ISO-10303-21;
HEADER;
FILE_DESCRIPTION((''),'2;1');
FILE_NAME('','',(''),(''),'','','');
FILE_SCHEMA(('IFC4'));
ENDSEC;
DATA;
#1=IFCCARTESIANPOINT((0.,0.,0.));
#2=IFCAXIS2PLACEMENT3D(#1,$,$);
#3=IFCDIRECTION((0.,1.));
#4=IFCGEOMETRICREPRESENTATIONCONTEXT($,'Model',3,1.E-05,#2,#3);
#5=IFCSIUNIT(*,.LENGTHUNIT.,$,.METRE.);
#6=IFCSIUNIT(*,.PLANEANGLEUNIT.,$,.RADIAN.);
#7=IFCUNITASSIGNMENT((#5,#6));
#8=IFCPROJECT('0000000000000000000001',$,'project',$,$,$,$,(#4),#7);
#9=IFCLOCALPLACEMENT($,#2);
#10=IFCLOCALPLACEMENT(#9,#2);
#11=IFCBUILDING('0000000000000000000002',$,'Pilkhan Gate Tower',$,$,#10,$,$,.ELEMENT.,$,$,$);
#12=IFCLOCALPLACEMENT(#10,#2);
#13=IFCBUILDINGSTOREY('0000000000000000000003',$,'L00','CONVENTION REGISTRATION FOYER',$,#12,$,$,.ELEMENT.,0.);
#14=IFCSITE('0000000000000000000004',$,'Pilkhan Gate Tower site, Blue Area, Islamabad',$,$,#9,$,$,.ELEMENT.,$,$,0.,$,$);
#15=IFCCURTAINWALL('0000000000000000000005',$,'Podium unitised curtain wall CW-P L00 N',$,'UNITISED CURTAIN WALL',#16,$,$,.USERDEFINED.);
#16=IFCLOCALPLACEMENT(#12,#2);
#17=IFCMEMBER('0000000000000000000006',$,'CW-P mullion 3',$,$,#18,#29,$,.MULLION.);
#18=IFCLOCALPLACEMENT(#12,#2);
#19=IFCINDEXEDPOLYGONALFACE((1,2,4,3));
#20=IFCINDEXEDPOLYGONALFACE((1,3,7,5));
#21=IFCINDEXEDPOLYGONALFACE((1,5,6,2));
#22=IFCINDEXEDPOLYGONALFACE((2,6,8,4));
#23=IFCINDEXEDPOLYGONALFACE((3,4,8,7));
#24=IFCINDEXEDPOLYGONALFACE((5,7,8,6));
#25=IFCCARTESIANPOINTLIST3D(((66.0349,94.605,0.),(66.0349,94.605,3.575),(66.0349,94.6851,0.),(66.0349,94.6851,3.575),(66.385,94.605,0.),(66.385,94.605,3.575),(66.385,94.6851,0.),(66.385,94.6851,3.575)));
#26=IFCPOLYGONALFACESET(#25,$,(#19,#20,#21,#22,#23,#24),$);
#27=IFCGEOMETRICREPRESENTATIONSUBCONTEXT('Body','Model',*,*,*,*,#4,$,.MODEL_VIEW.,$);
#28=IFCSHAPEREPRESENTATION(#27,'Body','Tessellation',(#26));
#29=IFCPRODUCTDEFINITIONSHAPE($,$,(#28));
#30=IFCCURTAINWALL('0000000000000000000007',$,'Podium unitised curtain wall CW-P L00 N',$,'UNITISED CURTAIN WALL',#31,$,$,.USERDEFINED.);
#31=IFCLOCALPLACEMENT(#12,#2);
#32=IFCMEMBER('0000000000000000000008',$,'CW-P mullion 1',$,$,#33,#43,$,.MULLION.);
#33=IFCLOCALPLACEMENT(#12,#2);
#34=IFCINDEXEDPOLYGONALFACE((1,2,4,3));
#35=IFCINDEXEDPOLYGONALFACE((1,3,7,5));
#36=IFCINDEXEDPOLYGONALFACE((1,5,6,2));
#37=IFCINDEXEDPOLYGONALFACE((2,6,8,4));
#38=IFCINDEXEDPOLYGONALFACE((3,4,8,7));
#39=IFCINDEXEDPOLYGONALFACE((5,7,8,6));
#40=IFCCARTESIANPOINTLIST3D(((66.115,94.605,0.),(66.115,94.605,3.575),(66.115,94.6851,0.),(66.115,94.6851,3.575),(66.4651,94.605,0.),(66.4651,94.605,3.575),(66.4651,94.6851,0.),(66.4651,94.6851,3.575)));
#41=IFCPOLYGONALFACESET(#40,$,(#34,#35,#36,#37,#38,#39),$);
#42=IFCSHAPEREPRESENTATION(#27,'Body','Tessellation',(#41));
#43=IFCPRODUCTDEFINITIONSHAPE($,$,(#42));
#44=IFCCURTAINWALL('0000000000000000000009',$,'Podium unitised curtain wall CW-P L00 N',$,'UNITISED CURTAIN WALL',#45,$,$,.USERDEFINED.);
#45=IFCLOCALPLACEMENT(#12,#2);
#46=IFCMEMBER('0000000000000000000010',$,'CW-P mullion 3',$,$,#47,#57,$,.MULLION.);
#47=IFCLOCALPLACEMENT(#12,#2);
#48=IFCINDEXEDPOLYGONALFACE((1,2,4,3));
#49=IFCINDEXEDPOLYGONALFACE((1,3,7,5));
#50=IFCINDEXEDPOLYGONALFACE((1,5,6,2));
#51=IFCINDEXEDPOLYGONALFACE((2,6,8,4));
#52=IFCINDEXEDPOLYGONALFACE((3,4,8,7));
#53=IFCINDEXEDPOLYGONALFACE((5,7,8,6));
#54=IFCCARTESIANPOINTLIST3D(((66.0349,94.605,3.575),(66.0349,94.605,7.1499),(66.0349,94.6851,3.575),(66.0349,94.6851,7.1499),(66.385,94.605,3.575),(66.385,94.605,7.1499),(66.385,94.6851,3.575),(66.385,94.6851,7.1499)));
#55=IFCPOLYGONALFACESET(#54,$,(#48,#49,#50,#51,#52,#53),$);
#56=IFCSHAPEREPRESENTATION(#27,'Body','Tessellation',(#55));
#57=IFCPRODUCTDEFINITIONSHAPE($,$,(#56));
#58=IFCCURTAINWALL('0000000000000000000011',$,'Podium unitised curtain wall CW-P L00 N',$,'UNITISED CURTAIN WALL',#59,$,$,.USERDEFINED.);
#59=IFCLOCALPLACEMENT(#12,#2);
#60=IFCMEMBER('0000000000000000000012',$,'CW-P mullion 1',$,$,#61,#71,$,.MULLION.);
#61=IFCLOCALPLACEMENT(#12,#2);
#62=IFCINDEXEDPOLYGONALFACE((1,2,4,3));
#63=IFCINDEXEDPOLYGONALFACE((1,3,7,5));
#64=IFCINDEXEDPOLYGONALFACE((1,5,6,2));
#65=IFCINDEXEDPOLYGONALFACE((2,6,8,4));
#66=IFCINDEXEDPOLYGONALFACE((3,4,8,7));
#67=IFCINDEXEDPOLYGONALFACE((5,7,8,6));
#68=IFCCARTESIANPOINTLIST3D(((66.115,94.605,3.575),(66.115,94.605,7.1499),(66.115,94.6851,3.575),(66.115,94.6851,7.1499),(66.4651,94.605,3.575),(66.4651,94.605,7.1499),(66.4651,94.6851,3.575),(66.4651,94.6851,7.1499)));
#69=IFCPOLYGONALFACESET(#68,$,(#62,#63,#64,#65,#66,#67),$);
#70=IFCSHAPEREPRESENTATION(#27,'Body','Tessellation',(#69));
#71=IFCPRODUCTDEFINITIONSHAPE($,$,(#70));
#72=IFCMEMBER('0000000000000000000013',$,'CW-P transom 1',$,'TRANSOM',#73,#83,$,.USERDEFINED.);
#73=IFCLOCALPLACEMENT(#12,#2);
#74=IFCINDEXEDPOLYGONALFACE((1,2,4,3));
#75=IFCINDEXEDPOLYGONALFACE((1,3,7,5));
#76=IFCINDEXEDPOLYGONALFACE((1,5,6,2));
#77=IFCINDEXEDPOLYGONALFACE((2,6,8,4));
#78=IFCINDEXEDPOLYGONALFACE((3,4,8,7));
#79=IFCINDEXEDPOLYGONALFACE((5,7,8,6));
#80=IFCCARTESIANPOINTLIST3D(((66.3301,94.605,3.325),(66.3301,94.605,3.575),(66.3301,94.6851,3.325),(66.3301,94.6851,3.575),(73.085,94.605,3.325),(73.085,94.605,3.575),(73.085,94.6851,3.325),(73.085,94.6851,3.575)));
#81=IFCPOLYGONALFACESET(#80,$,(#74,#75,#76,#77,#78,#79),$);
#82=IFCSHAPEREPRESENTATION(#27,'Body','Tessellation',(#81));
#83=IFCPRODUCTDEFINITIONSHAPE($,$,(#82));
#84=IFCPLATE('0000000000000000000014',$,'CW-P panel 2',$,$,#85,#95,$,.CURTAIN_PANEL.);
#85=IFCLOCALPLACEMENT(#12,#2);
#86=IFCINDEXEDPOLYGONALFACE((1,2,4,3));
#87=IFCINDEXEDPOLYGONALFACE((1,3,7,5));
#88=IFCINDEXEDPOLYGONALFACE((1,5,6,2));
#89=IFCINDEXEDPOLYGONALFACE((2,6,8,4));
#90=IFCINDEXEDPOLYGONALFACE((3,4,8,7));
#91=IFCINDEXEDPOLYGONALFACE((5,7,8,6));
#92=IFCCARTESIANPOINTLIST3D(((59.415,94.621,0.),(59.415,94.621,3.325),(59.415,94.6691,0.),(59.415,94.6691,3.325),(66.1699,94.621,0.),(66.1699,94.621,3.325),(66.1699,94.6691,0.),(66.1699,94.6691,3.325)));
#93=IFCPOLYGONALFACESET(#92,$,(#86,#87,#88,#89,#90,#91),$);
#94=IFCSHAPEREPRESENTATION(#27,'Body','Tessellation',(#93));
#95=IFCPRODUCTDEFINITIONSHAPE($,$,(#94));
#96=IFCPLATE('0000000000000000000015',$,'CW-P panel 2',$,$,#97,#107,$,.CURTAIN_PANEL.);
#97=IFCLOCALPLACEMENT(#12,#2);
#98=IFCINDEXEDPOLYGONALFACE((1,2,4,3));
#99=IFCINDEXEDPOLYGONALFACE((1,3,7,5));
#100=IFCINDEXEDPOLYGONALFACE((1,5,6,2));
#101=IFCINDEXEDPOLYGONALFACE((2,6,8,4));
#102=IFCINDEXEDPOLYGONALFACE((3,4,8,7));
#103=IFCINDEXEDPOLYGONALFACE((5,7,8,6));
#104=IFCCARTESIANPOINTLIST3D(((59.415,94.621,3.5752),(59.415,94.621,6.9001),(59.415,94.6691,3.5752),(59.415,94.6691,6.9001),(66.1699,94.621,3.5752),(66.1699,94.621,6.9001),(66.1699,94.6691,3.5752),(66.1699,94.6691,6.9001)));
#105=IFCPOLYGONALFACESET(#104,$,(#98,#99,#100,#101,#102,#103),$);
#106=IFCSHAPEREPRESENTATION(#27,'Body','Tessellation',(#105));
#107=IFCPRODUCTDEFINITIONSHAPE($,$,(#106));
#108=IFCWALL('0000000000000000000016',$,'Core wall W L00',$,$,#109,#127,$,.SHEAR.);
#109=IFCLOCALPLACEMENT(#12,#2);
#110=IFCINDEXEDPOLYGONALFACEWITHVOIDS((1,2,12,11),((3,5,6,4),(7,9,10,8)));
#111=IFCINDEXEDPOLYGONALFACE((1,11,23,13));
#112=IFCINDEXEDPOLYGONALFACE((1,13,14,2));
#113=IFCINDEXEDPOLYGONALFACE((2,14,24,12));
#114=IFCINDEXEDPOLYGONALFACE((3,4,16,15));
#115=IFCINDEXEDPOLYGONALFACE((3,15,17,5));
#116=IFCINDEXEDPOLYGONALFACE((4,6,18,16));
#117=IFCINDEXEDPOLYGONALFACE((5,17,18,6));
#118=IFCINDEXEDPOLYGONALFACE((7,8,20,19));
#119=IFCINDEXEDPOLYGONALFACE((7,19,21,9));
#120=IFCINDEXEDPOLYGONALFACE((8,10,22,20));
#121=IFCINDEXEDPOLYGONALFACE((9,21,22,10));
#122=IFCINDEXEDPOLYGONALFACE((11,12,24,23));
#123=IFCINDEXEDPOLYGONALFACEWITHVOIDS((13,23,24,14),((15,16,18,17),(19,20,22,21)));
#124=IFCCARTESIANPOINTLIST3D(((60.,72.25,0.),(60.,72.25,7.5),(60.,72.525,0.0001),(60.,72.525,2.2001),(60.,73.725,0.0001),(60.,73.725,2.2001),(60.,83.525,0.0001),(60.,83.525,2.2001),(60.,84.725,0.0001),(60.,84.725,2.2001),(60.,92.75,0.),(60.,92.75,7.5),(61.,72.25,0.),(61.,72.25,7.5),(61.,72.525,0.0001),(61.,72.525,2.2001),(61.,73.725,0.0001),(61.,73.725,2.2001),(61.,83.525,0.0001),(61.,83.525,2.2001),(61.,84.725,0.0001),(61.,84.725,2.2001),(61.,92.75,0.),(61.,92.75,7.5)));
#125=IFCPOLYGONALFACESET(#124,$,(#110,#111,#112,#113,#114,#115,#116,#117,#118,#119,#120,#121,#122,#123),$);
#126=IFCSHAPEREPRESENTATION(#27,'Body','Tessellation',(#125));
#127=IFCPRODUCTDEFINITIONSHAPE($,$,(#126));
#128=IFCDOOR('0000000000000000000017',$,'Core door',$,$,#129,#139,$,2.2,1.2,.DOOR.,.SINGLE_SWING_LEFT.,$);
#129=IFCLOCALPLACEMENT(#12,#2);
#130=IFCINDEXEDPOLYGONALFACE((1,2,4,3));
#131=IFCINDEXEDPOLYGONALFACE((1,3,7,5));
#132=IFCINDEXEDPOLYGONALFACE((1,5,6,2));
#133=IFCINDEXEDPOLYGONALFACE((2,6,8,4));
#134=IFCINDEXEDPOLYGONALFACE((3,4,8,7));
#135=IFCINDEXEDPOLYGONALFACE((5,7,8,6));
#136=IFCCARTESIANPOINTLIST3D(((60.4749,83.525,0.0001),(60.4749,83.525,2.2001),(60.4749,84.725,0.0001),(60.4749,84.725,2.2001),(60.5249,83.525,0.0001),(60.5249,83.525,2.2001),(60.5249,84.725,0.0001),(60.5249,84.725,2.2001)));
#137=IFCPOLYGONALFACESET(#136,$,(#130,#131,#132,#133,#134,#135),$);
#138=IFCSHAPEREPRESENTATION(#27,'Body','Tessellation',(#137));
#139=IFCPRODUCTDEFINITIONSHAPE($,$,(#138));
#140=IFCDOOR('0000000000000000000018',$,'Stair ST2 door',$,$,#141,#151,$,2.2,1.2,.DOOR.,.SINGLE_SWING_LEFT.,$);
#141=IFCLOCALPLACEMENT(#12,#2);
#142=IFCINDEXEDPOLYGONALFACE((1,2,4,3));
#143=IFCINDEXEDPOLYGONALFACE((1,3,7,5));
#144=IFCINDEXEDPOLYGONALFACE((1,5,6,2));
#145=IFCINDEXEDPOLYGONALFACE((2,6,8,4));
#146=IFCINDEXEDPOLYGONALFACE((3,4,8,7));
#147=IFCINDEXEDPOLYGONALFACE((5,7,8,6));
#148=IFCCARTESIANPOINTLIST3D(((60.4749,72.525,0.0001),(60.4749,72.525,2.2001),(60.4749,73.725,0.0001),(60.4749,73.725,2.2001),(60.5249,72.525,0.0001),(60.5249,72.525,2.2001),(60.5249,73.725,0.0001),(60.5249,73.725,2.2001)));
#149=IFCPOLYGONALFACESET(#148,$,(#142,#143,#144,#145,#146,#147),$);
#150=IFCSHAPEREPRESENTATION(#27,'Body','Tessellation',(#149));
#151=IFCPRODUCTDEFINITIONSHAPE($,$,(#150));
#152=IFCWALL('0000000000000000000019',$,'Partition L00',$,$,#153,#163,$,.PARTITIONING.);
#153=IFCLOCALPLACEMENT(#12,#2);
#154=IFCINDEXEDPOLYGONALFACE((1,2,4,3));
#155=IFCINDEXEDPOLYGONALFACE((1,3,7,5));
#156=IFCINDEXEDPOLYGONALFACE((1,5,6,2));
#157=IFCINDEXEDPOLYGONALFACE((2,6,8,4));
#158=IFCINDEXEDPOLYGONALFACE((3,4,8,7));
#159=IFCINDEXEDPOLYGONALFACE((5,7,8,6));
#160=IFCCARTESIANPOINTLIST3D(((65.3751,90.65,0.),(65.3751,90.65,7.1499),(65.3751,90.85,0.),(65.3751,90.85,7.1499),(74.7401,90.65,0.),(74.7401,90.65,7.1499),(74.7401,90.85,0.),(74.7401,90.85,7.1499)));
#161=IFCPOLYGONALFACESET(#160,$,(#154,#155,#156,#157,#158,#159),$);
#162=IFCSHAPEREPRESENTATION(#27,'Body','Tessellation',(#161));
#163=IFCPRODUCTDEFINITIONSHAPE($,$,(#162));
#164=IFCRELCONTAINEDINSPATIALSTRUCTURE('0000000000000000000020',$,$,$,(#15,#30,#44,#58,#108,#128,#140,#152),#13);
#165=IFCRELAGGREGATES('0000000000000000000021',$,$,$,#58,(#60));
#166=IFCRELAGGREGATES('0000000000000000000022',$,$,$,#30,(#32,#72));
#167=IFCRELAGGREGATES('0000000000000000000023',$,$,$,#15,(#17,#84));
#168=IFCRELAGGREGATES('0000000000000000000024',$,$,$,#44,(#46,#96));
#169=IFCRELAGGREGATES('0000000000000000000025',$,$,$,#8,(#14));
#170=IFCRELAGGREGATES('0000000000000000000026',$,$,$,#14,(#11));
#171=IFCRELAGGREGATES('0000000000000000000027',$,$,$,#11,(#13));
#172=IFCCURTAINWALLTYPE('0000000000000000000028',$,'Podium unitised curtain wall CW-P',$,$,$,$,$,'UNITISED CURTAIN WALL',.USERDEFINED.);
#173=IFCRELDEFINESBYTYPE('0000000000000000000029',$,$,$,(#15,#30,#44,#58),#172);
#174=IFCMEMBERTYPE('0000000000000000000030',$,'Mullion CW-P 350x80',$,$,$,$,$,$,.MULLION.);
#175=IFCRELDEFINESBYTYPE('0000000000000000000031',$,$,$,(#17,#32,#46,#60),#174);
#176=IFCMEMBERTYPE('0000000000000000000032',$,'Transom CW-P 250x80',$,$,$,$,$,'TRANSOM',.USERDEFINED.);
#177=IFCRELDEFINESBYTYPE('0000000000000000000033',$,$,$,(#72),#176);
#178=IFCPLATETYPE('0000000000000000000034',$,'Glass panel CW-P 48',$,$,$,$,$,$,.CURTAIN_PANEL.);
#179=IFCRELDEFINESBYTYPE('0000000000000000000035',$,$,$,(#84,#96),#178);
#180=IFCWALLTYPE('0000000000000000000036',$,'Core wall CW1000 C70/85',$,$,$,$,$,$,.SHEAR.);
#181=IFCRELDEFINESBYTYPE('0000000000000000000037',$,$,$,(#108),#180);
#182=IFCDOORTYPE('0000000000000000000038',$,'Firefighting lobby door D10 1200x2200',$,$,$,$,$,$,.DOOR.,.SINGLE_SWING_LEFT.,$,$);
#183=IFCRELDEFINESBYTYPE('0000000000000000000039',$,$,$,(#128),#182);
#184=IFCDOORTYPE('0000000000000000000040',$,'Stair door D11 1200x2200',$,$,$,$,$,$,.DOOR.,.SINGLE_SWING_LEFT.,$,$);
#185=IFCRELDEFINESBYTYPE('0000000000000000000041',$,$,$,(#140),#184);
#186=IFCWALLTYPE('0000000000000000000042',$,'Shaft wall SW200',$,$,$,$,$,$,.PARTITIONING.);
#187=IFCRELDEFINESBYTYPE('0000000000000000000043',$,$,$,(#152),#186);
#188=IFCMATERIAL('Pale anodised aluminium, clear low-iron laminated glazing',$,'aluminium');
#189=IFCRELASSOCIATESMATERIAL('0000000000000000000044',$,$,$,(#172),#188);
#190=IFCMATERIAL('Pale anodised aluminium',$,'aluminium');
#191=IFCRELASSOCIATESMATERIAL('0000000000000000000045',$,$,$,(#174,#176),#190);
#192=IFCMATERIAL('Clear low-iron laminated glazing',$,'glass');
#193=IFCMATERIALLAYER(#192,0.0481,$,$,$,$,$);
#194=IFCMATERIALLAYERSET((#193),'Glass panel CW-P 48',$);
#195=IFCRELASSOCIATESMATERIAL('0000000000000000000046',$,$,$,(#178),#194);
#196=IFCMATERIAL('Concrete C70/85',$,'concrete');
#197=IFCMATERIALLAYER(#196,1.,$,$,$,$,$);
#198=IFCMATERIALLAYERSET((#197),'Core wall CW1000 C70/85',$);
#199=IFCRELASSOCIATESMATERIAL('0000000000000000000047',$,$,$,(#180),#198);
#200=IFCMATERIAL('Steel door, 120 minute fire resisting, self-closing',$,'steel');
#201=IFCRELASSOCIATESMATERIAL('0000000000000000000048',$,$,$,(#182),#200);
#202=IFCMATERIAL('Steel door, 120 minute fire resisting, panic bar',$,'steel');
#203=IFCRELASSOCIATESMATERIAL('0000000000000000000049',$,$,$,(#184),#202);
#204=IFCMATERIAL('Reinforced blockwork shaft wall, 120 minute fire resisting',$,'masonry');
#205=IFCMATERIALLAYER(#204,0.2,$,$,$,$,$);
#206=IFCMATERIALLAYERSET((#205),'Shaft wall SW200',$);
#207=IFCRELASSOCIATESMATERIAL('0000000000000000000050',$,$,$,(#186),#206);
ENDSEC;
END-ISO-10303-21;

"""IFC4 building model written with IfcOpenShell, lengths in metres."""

from ifc_helpers import new_model, si_unit, direction, frame, frame_2d, origin, origin_2d, place, context, subcontext, project, spatial, rectangle, extrude, material, layer, layer_set, material_profile, profile_set, type_object, element, fill, aggregate, save


model = new_model("IFC4")

# Units and contexts
model_context = context("Model", 3, precision=1e-05, world=origin(), true_north=direction((0.0, 1.0)))
body_context = subcontext(model_context, "Body", "Model", "MODEL_VIEW")
ifc_project = project(units=[si_unit("LENGTHUNIT", "METRE"), si_unit("PLANEANGLEUNIT", "RADIAN")], contexts=[model_context])

# Site, building, storey
site_placement = place(None, origin())
site = spatial("IfcSite", under=ifc_project, at=site_placement, Name="Pilkhan Gate Tower site, Blue Area, Islamabad", CompositionType="ELEMENT", RefElevation=0.0)
building_placement = place(site_placement, origin())
building = spatial("IfcBuilding", under=site, at=building_placement, Name="Pilkhan Gate Tower", CompositionType="ELEMENT")
storey_placement = place(building_placement, origin())
storey = spatial("IfcBuildingStorey", under=building, at=storey_placement, Name="L00", Description="CONVENTION REGISTRATION FOYER", CompositionType="ELEMENT", Elevation=0.0)

# Curtain walls, members
ifc_material_1 = material(Name="Pale anodised aluminium, clear low-iron laminated glazing", Category="aluminium")
curtain_wall_type = type_object("IfcCurtainWallType", Name="Podium unitised curtain wall CW-P", ElementType="UNITISED CURTAIN WALL", PredefinedType="USERDEFINED", material=ifc_material_1)
curtain_wall_1_placement = place(storey_placement, origin())
curtain_wall_1 = element("IfcCurtainWall", 1, at=curtain_wall_1_placement, inside=storey, type_object=curtain_wall_type, Name="Podium unitised curtain wall CW-P L00 N", ObjectType="UNITISED CURTAIN WALL", PredefinedType="USERDEFINED")
ifc_material_2 = material(Name="Pale anodised aluminium", Category="aluminium")
ifc_material_profile_1 = material_profile(ifc_material_2, rectangle(XDim=0.0801, YDim=0.3501, at=origin_2d()), Name="Mullion 350x80")
ifc_profile_set_1 = profile_set([ifc_material_profile_1], Name="Pale anodised aluminium")
member_type_1 = type_object("IfcMemberType", Name="Mullion CW-P 350x80", PredefinedType="MULLION", material=ifc_profile_set_1)
member_1_placement = place(storey_placement, frame((66.21, 94.645, 0.0), z_axis=(0.0, 0.0, 1.0), x_axis=(0.0, 1.0, 0.0)))
member_1 = element("IfcMember", 2, at=member_1_placement, type_object=member_type_1, Name="CW-P mullion 3", PredefinedType="MULLION", context=body_context, shape_type="SweptSolid", body=[
    extrude(rectangle(XDim=0.0801, YDim=0.3501, at=origin_2d()), origin(), (0.0, 0.0, 1.0), 3.575),
])
curtain_wall_2_placement = place(storey_placement, origin())
curtain_wall_2 = element("IfcCurtainWall", 3, at=curtain_wall_2_placement, inside=storey, type_object=curtain_wall_type, Name="Podium unitised curtain wall CW-P L00 N", ObjectType="UNITISED CURTAIN WALL", PredefinedType="USERDEFINED")
member_2_placement = place(storey_placement, frame((66.29, 94.645, 0.0), z_axis=(0.0, 0.0, 1.0), x_axis=(0.0, 1.0, 0.0)))
member_2 = element("IfcMember", 4, at=member_2_placement, type_object=member_type_1, Name="CW-P mullion 1", PredefinedType="MULLION", context=body_context, shape_type="SweptSolid", body=[
    extrude(rectangle(XDim=0.0801, YDim=0.3501, at=origin_2d()), origin(), (0.0, 0.0, 1.0), 3.575),
])
curtain_wall_3_placement = place(storey_placement, origin())
curtain_wall_3 = element("IfcCurtainWall", 5, at=curtain_wall_3_placement, inside=storey, type_object=curtain_wall_type, Name="Podium unitised curtain wall CW-P L00 N", ObjectType="UNITISED CURTAIN WALL", PredefinedType="USERDEFINED")
member_3_placement = place(storey_placement, frame((66.21, 94.645, 3.575), z_axis=(0.0, 0.0, 1.0), x_axis=(0.0, 1.0, 0.0)))
member_3 = element("IfcMember", 6, at=member_3_placement, type_object=member_type_1, Name="CW-P mullion 3", PredefinedType="MULLION", context=body_context, shape_type="SweptSolid", body=[
    extrude(rectangle(XDim=0.0801, YDim=0.3501, at=origin_2d()), origin(), (0.0, 0.0, 1.0), 3.575),
])
curtain_wall_4_placement = place(storey_placement, origin())
curtain_wall_4 = element("IfcCurtainWall", 7, at=curtain_wall_4_placement, inside=storey, type_object=curtain_wall_type, Name="Podium unitised curtain wall CW-P L00 N", ObjectType="UNITISED CURTAIN WALL", PredefinedType="USERDEFINED")
member_4_placement = place(storey_placement, frame((66.29, 94.645, 3.575), z_axis=(0.0, 0.0, 1.0), x_axis=(0.0, 1.0, 0.0)))
member_4 = element("IfcMember", 8, at=member_4_placement, type_object=member_type_1, Name="CW-P mullion 1", PredefinedType="MULLION", context=body_context, shape_type="SweptSolid", body=[
    extrude(rectangle(XDim=0.0801, YDim=0.3501, at=origin_2d()), origin(), (0.0, 0.0, 1.0), 3.575),
])
aggregate(curtain_wall_4, [member_4])

# Member
ifc_material_profile_2 = material_profile(ifc_material_2, rectangle(XDim=0.0801, YDim=0.25, at=origin_2d()), Name="Transom 250x80")
ifc_profile_set_2 = profile_set([ifc_material_profile_2], Name="Pale anodised aluminium")
member_type_2 = type_object("IfcMemberType", Name="Transom CW-P 250x80", ElementType="TRANSOM", PredefinedType="USERDEFINED", material=ifc_profile_set_2)
member_5_placement = place(storey_placement, frame((66.3301, 94.645, 3.45), z_axis=(1.0, 0.0, 0.0), x_axis=(0.0, 1.0, 0.0)))
member_5 = element("IfcMember", 9, at=member_5_placement, type_object=member_type_2, Name="CW-P transom 1", ObjectType="TRANSOM", PredefinedType="USERDEFINED", context=body_context, shape_type="SweptSolid", body=[
    extrude(rectangle(XDim=0.0801, YDim=0.25, at=origin_2d()), origin(), (0.0, 0.0, 1.0), 6.7549),
])
aggregate(curtain_wall_2, [member_2, member_5])

# Plates
ifc_material_3 = material(Name="Clear low-iron laminated glazing", Category="glass")
ifc_layer_1 = layer(ifc_material_3, 0.0481)
ifc_layer_set_1 = layer_set([ifc_layer_1], Name="Glass panel CW-P 48")
plate_type = type_object("IfcPlateType", Name="Glass panel CW-P 48", PredefinedType="CURTAIN_PANEL", material=ifc_layer_set_1)
plate_1_placement = place(storey_placement, frame((62.7925, 94.645, 0.0), z_axis=(0.0, 0.0, 1.0), x_axis=(1.0, 0.0, 0.0)))
plate_1 = element("IfcPlate", 10, at=plate_1_placement, type_object=plate_type, Name="CW-P panel 2", PredefinedType="CURTAIN_PANEL", context=body_context, shape_type="SweptSolid", body=[
    extrude(rectangle(XDim=6.7549, YDim=0.0481, at=origin_2d()), origin(), (0.0, 0.0, 1.0), 3.325),
])
aggregate(curtain_wall_1, [member_1, plate_1])
plate_2_placement = place(storey_placement, frame((62.7925, 94.645, 3.5752), z_axis=(0.0, 0.0, 1.0), x_axis=(1.0, 0.0, 0.0)))
plate_2 = element("IfcPlate", 11, at=plate_2_placement, type_object=plate_type, Name="CW-P panel 2", PredefinedType="CURTAIN_PANEL", context=body_context, shape_type="SweptSolid", body=[
    extrude(rectangle(XDim=6.7549, YDim=0.0481, at=origin_2d()), origin(), (0.0, 0.0, 1.0), 3.325),
])
aggregate(curtain_wall_3, [member_3, plate_2])

# Wall, openings, doors
ifc_material_4 = material(Name="Concrete C70/85", Category="concrete")
ifc_layer_2 = layer(ifc_material_4, 1.0)
ifc_layer_set_2 = layer_set([ifc_layer_2], Name="Core wall CW1000 C70/85")
wall_type_1 = type_object("IfcWallType", Name="Core wall CW1000 C70/85", PredefinedType="SHEAR", material=ifc_layer_set_2)
wall_1_placement = place(storey_placement, frame((60.5, 92.75, 0.0), z_axis=(0.0, 0.0, 1.0), x_axis=(0.0, -1.0, 0.0)))
wall_1 = element("IfcWall", 12, at=wall_1_placement, inside=storey, type_object=wall_type_1, Name="Core wall W L00", PredefinedType="SHEAR", context=body_context, shape_type="SweptSolid", body=[
    extrude(rectangle(XDim=20.5, YDim=1.0, at=frame_2d((10.25, 0.0))), origin(), (0.0, 0.0, 1.0), 7.5),
])
opening_1_placement = place(wall_1_placement, frame((19.0249, 0.0, 0.0)))
opening_1 = element("IfcOpeningElement", 13, at=opening_1_placement, cuts=wall_1, PredefinedType="OPENING", context=body_context, shape_type="SweptSolid", body=[
    extrude(rectangle(XDim=1.2, YDim=2.2, at=frame_2d((0.6001, 1.1001))), frame((0.0, 0.51, 0.0), z_axis=(0.0, -1.0, 0.0), x_axis=(1.0, 0.0, 0.0)), (0.0, 0.0, 1.0), 1.02),
])
opening_2_placement = place(wall_1_placement, frame((8.0249, 0.0, 0.0)))
opening_2 = element("IfcOpeningElement", 14, at=opening_2_placement, cuts=wall_1, PredefinedType="OPENING", context=body_context, shape_type="SweptSolid", body=[
    extrude(rectangle(XDim=1.2, YDim=2.2, at=frame_2d((0.6001, 1.1001))), frame((0.0, 0.51, 0.0), z_axis=(0.0, -1.0, 0.0), x_axis=(1.0, 0.0, 0.0)), (0.0, 0.0, 1.0), 1.02),
])
ifc_material_5 = material(Name="Steel door, 120 minute fire resisting, self-closing", Category="steel")
door_type_1 = type_object("IfcDoorType", Name="Firefighting lobby door D10 1200x2200", OperationType="SINGLE_SWING_LEFT", PredefinedType="DOOR", material=ifc_material_5)
door_1_placement = place(opening_2_placement, origin())
door_1 = element("IfcDoor", 15, at=door_1_placement, inside=storey, type_object=door_type_1, Name="Core door", OperationType="SINGLE_SWING_LEFT", OverallHeight=2.2, OverallWidth=1.2, PredefinedType="DOOR", context=body_context, shape_type="SweptSolid", body=[
    extrude(rectangle(XDim=1.2, YDim=2.2, at=frame_2d((0.6001, 1.1001))), frame((0.0, 0.0249, 0.0), z_axis=(0.0, -1.0, 0.0), x_axis=(1.0, 0.0, 0.0)), (0.0, 0.0, 1.0), 0.05),
])
fill(opening_2, door_1)
ifc_material_6 = material(Name="Steel door, 120 minute fire resisting, panic bar", Category="steel")
door_type_2 = type_object("IfcDoorType", Name="Stair door D11 1200x2200", OperationType="SINGLE_SWING_LEFT", PredefinedType="DOOR", material=ifc_material_6)
door_2_placement = place(opening_1_placement, origin())
door_2 = element("IfcDoor", 16, at=door_2_placement, inside=storey, type_object=door_type_2, Name="Stair ST2 door", OperationType="SINGLE_SWING_LEFT", OverallHeight=2.2, OverallWidth=1.2, PredefinedType="DOOR", context=body_context, shape_type="SweptSolid", body=[
    extrude(rectangle(XDim=1.2, YDim=2.2, at=frame_2d((0.6001, 1.1001))), frame((0.0, 0.0249, 0.0), z_axis=(0.0, -1.0, 0.0), x_axis=(1.0, 0.0, 0.0)), (0.0, 0.0, 1.0), 0.05),
])
fill(opening_1, door_2)

# Wall
ifc_material_7 = material(Name="Reinforced blockwork shaft wall, 120 minute fire resisting", Category="masonry")
ifc_layer_3 = layer(ifc_material_7, 0.2)
ifc_layer_set_3 = layer_set([ifc_layer_3], Name="Shaft wall SW200")
wall_type_2 = type_object("IfcWallType", Name="Shaft wall SW200", PredefinedType="PARTITIONING", material=ifc_layer_set_3)
wall_2_placement = place(storey_placement, frame((65.375, 90.75, 0.0), z_axis=(0.0, 0.0, 1.0), x_axis=(1.0, 0.0, 0.0)))
element("IfcWall", 17, at=wall_2_placement, inside=storey, type_object=wall_type_2, Name="Partition L00", PredefinedType="PARTITIONING", context=body_context, shape_type="SweptSolid", body=[
    extrude(rectangle(XDim=9.365, YDim=0.2, at=frame_2d((4.6826, 0.0))), origin(), (0.0, 0.0, 1.0), 7.1499),
])

save(model, "model.ifc")
